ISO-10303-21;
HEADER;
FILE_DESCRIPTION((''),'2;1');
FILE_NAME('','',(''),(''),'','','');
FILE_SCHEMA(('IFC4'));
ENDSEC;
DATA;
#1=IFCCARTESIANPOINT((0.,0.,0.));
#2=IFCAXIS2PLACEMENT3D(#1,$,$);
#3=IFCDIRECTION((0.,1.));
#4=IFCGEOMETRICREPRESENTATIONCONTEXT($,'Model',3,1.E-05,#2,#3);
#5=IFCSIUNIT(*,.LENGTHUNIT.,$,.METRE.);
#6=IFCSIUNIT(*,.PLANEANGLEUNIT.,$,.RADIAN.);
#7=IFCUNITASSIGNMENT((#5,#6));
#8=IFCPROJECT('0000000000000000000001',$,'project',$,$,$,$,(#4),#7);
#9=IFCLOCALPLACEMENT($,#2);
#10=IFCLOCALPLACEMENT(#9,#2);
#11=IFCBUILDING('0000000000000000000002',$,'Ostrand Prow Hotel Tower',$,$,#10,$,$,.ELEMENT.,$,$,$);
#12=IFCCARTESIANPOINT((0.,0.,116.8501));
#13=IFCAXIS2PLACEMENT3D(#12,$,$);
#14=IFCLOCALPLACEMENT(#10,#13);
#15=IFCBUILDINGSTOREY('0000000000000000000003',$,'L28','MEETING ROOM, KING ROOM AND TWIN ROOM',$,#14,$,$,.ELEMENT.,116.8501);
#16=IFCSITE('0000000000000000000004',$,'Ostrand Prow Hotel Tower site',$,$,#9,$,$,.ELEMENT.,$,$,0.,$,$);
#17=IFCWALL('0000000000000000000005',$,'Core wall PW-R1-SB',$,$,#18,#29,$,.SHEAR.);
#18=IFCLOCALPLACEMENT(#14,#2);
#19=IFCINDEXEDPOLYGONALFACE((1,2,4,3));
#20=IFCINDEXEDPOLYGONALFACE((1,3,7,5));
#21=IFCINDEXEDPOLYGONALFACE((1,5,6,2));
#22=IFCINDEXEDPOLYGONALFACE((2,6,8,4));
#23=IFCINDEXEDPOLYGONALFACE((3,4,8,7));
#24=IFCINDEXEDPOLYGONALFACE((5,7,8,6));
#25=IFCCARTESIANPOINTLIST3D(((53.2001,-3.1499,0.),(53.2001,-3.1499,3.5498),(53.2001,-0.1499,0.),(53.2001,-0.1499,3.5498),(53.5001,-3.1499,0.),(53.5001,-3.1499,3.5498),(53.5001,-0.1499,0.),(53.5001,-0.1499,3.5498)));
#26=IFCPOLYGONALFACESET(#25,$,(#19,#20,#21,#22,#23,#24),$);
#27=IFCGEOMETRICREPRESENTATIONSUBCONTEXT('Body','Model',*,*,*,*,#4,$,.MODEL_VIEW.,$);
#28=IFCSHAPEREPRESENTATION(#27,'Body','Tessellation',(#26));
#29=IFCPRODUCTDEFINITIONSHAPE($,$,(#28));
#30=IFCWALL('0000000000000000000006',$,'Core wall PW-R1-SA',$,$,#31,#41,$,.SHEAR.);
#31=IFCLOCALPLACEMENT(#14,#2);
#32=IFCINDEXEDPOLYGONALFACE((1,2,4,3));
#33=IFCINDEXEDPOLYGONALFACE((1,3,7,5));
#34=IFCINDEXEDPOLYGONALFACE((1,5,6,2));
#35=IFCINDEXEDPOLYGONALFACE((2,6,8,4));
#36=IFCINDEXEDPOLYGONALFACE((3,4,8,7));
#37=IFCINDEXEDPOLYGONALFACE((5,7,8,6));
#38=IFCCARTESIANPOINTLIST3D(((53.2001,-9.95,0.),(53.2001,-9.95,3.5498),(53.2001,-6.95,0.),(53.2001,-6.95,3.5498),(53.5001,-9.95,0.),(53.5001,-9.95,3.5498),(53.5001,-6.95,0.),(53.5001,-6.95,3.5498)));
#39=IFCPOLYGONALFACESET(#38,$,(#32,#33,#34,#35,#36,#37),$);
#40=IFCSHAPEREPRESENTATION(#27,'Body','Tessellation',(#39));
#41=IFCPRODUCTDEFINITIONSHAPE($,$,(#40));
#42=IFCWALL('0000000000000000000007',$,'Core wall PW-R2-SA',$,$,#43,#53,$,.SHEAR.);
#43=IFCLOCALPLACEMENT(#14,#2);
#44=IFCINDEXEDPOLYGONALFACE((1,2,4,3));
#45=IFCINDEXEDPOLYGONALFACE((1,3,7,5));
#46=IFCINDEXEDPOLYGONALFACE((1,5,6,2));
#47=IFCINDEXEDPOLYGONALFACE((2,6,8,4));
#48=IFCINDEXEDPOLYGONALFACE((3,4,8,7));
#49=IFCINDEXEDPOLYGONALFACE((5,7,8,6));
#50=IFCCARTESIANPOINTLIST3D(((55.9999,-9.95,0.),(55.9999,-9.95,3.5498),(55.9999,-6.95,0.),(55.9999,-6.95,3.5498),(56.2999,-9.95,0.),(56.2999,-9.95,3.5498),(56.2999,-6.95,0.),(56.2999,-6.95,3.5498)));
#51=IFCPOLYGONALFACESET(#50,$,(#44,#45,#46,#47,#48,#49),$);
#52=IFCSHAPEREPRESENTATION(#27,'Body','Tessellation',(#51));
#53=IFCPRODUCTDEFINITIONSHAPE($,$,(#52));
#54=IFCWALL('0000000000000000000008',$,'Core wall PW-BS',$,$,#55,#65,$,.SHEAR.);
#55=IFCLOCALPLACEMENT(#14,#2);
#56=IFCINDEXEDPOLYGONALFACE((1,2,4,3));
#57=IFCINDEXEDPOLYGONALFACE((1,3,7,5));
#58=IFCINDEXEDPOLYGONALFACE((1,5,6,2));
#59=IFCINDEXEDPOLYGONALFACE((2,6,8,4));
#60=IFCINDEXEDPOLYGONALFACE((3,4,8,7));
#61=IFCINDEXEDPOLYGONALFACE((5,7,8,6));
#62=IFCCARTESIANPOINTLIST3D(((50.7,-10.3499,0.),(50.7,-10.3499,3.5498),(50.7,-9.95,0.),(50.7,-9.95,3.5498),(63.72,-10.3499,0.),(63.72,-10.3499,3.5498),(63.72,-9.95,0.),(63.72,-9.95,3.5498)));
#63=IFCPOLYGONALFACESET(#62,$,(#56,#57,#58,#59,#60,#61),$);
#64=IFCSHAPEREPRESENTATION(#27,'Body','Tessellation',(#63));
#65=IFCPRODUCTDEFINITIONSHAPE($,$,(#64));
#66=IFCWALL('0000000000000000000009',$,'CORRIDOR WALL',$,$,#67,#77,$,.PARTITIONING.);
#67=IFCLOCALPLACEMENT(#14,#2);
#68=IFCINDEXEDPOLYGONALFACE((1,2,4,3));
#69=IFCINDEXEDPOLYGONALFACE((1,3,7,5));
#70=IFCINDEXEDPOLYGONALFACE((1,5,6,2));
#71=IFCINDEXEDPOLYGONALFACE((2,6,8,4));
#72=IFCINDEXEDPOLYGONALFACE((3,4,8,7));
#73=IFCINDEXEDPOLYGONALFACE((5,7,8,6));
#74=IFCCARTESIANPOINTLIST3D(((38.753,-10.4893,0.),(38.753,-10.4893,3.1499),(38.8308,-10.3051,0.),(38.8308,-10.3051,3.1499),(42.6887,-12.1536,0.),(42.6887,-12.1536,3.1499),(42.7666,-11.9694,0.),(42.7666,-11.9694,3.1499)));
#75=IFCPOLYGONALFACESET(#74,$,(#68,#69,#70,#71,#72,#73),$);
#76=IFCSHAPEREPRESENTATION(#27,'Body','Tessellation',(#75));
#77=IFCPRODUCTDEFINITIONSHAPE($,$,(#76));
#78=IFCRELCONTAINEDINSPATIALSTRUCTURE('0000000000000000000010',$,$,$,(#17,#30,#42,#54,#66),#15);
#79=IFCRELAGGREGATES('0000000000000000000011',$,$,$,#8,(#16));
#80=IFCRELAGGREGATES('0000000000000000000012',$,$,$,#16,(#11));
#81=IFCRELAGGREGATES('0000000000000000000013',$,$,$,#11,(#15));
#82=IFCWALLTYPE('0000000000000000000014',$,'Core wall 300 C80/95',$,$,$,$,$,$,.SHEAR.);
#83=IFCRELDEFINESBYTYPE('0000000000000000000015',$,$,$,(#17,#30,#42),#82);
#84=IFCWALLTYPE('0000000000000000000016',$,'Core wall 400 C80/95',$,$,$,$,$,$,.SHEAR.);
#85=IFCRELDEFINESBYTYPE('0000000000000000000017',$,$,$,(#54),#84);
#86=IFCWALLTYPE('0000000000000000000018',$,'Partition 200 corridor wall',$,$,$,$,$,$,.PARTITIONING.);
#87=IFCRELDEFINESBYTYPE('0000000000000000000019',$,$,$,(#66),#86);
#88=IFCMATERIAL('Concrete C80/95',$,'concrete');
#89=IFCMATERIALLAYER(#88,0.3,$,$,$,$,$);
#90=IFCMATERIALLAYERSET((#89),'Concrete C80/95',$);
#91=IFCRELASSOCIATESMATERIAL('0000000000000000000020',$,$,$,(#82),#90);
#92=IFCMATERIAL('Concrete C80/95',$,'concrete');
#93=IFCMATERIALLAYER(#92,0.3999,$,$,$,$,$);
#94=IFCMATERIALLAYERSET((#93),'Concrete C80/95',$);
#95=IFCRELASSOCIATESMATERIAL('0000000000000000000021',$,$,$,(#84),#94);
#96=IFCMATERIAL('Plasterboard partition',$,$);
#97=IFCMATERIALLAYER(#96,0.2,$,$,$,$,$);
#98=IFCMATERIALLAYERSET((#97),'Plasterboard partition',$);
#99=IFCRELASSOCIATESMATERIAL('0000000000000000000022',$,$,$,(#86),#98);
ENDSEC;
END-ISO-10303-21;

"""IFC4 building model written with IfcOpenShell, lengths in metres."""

from ifc_helpers import new_model, si_unit, direction, frame, frame_2d, origin, place, context, subcontext, project, spatial, rectangle, extrude, material, layer, layer_set, type_object, element, save


model = new_model("IFC4")

# Units and contexts
model_context = context("Model", 3, precision=1e-05, world=origin(), true_north=direction((0.0, 1.0)))
body_context = subcontext(model_context, "Body", "Model", "MODEL_VIEW")
ifc_project = project(units=[si_unit("LENGTHUNIT", "METRE"), si_unit("PLANEANGLEUNIT", "RADIAN")], contexts=[model_context])

# Site, building, storey
site_placement = place(None, origin())
site = spatial("IfcSite", under=ifc_project, at=site_placement, Name="Ostrand Prow Hotel Tower site", CompositionType="ELEMENT", RefElevation=0.0)
building_placement = place(site_placement, origin())
building = spatial("IfcBuilding", under=site, at=building_placement, Name="Ostrand Prow Hotel Tower", CompositionType="ELEMENT")
storey_placement = place(building_placement, frame((0.0, 0.0, 116.8501)))
storey = spatial("IfcBuildingStorey", under=building, at=storey_placement, Name="L28", Description="MEETING ROOM, KING ROOM AND TWIN ROOM", CompositionType="ELEMENT", Elevation=116.8501)

# Shared definitions
ifc_material_1 = material(Name="Concrete C80/95", Category="concrete")
ifc_layer_1 = layer(ifc_material_1, 0.3)
ifc_layer_set_1 = layer_set([ifc_layer_1], Name="Concrete C80/95")
wall_type_1 = type_object("IfcWallType", Name="Core wall 300 C80/95", PredefinedType="SHEAR", material=ifc_layer_set_1)

# Walls
for number, where, z_axis, x_axis, name in (
    (1, (53.3501, -3.1499, 0.0), (0.0, 0.0, 1.0), (0.0, 1.0, 0.0), "Core wall PW-R1-SB"),
    (2, (53.3501, -9.95, 0.0), (0.0, 0.0, 1.0), (0.0, 1.0, 0.0), "Core wall PW-R1-SA"),
    (3, (56.1499, -9.95, 0.0), (0.0, 0.0, 1.0), (0.0, 1.0, 0.0), "Core wall PW-R2-SA"),
):
    element("IfcWall", number, at=place(storey_placement, frame(where, z_axis=z_axis, x_axis=x_axis)), inside=storey, type_object=wall_type_1, Name=name, PredefinedType="SHEAR", context=body_context, shape_type="SweptSolid", body=[
        extrude(rectangle(XDim=3.0, YDim=0.3, at=frame_2d((1.5, 0.0))), origin(), (0.0, 0.0, 1.0), 3.5498),
    ])
ifc_material_2 = material(Name="Concrete C80/95", Category="concrete")
ifc_layer_2 = layer(ifc_material_2, 0.3999)
ifc_layer_set_2 = layer_set([ifc_layer_2], Name="Concrete C80/95")
wall_type_2 = type_object("IfcWallType", Name="Core wall 400 C80/95", PredefinedType="SHEAR", material=ifc_layer_set_2)
wall_1_placement = place(storey_placement, frame((50.7, -10.1499, 0.0), z_axis=(0.0, 0.0, 1.0), x_axis=(1.0, 0.0, 0.0)))
element("IfcWall", 4, at=wall_1_placement, inside=storey, type_object=wall_type_2, Name="Core wall PW-BS", PredefinedType="SHEAR", context=body_context, shape_type="SweptSolid", body=[
    extrude(rectangle(XDim=13.02, YDim=0.3999, at=frame_2d((6.51, 0.0))), origin(), (0.0, 0.0, 1.0), 3.5498),
])
ifc_material_3 = material(Name="Plasterboard partition")
ifc_layer_3 = layer(ifc_material_3, 0.2)
ifc_layer_set_3 = layer_set([ifc_layer_3], Name="Plasterboard partition")
wall_type_3 = type_object("IfcWallType", Name="Partition 200 corridor wall", PredefinedType="PARTITIONING", material=ifc_layer_set_3)
wall_2_placement = place(storey_placement, frame((42.7278, -12.0615, 0.0), z_axis=(0.0, 0.0, 1.0), x_axis=(-0.921037, 0.389474, 0.0)))
element("IfcWall", 5, at=wall_2_placement, inside=storey, type_object=wall_type_3, Name="CORRIDOR WALL", PredefinedType="PARTITIONING", context=body_context, shape_type="SweptSolid", body=[
    extrude(rectangle(XDim=4.2732, YDim=0.2, at=frame_2d((2.1367, 0.0))), origin(), (0.0, 0.0, 1.0), 3.1499),
])

save(model, "model.ifc")
